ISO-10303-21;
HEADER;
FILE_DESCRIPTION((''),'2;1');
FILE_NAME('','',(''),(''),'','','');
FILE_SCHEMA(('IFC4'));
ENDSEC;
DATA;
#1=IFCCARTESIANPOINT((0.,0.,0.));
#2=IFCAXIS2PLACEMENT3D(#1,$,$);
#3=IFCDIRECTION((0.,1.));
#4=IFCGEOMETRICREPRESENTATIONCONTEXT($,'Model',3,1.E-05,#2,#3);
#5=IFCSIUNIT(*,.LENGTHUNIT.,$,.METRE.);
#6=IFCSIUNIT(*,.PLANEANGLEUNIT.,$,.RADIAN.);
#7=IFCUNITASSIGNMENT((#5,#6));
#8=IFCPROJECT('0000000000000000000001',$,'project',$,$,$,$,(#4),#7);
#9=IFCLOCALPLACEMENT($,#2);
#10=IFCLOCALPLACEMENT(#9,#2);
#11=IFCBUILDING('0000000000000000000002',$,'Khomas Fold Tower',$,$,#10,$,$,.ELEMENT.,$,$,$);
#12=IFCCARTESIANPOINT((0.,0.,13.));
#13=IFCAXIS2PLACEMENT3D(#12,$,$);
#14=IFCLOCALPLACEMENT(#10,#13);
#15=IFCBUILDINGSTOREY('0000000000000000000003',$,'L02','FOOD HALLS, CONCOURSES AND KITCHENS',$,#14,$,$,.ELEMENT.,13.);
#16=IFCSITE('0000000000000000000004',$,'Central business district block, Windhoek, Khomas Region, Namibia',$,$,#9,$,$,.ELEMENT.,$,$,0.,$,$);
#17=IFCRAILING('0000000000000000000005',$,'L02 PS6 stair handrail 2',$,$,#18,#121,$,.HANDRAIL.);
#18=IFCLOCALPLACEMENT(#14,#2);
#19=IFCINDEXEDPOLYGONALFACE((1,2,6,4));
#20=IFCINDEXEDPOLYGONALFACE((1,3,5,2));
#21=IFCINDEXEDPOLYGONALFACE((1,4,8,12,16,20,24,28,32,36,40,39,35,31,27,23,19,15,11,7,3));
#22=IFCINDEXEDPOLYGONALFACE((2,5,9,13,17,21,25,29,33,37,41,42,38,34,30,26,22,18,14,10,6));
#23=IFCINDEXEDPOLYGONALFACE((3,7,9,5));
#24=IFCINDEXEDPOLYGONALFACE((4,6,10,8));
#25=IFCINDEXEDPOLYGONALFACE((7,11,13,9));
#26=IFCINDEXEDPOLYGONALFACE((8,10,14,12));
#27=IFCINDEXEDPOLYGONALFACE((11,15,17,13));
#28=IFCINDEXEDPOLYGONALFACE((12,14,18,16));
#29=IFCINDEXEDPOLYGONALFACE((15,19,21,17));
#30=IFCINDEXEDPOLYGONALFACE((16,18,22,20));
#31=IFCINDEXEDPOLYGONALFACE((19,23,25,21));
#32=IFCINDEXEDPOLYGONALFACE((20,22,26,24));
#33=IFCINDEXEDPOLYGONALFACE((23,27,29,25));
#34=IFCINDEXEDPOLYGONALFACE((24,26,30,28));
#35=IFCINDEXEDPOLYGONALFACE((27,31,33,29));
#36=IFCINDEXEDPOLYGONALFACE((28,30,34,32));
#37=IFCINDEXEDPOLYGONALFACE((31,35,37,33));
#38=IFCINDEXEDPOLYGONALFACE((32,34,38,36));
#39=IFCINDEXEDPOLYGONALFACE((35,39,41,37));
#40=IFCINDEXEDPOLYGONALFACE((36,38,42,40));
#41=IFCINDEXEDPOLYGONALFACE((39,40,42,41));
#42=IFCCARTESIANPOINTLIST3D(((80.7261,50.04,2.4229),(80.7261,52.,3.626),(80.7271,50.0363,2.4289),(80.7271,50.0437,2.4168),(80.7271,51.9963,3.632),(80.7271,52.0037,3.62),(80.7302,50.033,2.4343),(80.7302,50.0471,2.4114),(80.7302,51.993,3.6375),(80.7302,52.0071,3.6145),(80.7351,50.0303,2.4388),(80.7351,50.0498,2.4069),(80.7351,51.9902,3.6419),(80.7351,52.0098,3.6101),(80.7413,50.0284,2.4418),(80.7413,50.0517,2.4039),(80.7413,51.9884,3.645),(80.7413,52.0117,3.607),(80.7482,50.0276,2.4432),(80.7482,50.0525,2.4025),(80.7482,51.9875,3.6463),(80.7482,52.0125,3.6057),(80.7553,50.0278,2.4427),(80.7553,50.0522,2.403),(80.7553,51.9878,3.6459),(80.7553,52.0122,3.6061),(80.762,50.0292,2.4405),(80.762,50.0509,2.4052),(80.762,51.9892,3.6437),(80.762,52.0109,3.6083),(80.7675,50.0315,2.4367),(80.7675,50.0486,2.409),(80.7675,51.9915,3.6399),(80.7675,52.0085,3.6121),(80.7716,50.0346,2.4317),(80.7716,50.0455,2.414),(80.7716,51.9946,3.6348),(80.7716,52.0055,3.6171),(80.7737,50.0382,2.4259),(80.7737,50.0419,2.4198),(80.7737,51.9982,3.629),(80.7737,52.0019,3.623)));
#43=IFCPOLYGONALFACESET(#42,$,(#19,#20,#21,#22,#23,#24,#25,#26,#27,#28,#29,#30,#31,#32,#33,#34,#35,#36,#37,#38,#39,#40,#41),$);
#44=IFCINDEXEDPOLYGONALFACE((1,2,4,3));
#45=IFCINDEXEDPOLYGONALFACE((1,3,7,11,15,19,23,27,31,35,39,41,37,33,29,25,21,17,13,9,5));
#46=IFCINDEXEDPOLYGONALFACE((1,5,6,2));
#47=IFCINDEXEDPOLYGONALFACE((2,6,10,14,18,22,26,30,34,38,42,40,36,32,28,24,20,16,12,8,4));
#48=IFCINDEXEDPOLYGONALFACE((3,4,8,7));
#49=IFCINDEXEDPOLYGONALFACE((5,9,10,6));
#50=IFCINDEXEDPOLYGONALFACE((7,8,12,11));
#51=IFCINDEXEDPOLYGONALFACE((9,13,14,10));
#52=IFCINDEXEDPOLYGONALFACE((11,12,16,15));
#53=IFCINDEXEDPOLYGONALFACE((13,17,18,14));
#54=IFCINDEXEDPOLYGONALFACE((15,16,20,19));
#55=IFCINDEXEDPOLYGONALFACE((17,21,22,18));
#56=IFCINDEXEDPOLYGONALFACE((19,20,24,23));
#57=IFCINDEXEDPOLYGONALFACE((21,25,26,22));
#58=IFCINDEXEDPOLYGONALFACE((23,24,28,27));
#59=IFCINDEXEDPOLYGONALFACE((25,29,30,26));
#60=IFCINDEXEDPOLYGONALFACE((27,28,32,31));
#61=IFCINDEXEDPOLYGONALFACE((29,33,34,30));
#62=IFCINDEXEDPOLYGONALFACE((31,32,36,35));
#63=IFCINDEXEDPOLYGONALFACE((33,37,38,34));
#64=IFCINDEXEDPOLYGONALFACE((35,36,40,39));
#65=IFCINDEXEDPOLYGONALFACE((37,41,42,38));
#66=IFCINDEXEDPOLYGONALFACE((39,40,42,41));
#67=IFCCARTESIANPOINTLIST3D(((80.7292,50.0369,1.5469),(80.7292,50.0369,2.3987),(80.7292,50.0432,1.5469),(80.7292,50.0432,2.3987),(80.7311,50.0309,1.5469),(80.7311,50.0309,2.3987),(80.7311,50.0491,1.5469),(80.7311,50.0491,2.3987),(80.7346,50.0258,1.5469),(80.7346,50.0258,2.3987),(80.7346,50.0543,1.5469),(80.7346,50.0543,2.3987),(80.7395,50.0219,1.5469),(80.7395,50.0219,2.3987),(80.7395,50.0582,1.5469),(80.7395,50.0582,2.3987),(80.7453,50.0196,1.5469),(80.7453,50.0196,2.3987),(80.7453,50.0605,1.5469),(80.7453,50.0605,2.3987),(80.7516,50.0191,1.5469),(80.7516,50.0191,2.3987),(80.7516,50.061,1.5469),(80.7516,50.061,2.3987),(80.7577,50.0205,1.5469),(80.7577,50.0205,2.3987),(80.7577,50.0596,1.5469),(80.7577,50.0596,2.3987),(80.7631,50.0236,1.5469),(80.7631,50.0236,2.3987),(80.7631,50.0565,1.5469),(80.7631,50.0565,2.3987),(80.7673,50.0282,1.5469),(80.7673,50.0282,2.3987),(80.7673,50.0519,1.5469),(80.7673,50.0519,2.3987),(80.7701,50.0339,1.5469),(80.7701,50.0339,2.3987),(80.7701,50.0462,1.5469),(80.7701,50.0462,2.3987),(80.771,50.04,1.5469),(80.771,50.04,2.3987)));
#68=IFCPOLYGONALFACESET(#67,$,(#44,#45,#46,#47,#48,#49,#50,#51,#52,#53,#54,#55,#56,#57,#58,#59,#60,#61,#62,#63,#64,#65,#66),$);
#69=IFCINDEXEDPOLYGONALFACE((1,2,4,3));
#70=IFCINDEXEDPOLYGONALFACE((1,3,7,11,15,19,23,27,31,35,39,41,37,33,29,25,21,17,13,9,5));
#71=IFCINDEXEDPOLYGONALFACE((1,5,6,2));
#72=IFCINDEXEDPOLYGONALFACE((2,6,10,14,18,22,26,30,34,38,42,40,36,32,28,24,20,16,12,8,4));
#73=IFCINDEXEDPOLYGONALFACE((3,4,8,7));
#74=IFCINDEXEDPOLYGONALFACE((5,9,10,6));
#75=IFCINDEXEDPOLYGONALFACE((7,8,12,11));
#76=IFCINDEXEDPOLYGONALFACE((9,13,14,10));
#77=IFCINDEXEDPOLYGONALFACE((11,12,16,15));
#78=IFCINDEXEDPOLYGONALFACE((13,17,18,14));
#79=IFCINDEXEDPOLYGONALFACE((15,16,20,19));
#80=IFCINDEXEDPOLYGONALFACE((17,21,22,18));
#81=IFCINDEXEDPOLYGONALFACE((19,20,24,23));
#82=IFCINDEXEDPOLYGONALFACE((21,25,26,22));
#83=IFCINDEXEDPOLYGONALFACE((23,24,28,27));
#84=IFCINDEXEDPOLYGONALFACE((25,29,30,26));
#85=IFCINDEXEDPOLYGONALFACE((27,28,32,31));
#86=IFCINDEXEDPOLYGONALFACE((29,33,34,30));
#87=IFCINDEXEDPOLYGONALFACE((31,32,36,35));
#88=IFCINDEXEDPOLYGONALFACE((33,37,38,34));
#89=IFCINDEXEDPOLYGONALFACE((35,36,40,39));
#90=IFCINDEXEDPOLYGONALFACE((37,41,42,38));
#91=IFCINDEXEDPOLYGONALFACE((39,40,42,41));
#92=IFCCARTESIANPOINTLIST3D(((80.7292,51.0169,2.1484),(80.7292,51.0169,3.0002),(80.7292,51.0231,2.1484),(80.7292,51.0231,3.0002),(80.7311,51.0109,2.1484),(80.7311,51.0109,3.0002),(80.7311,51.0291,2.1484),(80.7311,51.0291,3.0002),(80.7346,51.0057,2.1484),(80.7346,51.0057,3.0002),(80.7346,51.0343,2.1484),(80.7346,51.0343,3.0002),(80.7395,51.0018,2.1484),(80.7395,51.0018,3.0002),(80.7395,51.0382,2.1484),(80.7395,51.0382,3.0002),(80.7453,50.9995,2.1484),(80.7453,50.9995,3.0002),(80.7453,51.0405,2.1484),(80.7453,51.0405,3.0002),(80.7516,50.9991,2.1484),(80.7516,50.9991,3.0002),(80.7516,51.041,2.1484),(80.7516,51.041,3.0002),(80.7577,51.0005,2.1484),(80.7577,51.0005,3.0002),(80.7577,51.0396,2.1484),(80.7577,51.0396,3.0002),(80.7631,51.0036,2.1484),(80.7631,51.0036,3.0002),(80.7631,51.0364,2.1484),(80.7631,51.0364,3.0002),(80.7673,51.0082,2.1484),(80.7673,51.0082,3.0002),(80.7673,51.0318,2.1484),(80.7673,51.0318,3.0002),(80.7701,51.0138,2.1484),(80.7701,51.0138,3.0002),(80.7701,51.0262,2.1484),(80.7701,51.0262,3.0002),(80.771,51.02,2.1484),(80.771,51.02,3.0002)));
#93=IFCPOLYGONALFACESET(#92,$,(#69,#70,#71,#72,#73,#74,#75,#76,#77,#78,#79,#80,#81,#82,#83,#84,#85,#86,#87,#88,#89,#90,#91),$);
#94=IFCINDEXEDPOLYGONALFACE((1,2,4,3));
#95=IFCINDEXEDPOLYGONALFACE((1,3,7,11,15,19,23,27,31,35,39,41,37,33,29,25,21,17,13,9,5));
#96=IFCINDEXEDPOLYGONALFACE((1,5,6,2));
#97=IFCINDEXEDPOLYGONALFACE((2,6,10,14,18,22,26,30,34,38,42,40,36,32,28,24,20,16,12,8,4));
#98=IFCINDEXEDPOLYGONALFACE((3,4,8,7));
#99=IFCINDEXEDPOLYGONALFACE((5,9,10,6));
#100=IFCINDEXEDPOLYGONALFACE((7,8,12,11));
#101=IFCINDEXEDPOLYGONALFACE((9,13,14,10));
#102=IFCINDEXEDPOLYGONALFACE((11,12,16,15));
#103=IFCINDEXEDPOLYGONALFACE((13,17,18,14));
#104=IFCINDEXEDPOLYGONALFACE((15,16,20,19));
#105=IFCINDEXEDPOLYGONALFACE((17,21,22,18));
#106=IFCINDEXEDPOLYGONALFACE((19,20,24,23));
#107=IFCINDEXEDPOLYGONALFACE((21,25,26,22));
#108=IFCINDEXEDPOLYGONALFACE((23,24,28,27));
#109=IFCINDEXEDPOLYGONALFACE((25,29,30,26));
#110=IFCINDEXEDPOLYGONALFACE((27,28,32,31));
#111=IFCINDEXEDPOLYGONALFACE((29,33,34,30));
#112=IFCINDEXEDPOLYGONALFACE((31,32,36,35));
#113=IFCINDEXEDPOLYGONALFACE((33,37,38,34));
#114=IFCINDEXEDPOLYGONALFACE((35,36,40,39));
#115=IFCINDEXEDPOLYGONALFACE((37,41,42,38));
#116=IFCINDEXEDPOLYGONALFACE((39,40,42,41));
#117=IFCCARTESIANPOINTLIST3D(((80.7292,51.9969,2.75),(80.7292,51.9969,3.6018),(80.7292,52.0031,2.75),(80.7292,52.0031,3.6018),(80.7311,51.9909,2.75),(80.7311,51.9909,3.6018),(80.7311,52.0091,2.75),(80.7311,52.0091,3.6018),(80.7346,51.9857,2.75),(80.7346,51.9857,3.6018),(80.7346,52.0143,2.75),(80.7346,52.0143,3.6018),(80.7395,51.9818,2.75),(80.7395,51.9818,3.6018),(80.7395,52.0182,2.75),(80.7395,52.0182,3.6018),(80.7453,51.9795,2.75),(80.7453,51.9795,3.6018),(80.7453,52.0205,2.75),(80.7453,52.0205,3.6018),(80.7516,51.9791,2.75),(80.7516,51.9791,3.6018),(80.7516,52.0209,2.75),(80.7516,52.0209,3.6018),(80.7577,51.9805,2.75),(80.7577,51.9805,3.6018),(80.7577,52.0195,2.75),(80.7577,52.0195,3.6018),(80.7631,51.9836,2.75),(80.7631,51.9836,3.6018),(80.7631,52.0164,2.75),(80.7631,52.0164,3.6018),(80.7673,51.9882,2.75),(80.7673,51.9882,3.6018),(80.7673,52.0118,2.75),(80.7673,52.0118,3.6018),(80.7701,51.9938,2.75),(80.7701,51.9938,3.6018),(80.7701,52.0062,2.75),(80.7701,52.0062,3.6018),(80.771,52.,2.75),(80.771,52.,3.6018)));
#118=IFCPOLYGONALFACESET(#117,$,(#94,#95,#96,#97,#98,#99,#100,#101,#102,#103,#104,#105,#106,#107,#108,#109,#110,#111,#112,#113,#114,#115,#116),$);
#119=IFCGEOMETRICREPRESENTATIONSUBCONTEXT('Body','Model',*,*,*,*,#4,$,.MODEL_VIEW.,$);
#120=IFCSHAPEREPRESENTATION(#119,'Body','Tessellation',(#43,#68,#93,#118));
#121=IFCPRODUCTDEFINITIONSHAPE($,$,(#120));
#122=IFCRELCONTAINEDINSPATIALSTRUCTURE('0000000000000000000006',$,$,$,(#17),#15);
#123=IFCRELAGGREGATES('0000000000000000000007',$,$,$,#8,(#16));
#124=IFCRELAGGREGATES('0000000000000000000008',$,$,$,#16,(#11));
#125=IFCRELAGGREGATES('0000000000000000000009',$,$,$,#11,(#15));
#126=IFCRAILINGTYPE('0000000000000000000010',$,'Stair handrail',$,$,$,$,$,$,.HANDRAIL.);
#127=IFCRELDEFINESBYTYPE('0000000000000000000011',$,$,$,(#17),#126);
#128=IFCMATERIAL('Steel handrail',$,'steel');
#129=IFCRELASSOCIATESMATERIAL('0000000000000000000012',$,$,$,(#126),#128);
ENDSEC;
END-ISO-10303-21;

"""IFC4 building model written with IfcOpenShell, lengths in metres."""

from ifc_helpers import new_model, si_unit, direction, frame, origin, origin_2d, place, context, subcontext, project, spatial, circle, extrude, source, transform, mapped, material, type_object, element, save


model = new_model("IFC4")

# Units and contexts
model_context = context("Model", 3, precision=1e-05, world=origin(), true_north=direction((0.0, 1.0)))
body_context = subcontext(model_context, "Body", "Model", "MODEL_VIEW")
ifc_project = project(units=[si_unit("LENGTHUNIT", "METRE"), si_unit("PLANEANGLEUNIT", "RADIAN")], contexts=[model_context])

# Site, building, storey
site_placement = place(None, origin())
site = spatial("IfcSite", under=ifc_project, at=site_placement, Name="Central business district block, Windhoek, Khomas Region, Namibia", CompositionType="ELEMENT", RefElevation=0.0)
building_placement = place(site_placement, origin())
building = spatial("IfcBuilding", under=site, at=building_placement, Name="Khomas Fold Tower", CompositionType="ELEMENT")
storey_placement = place(building_placement, frame((0.0, 0.0, 13.0)))
storey = spatial("IfcBuildingStorey", under=building, at=storey_placement, Name="L02", Description="FOOD HALLS, CONCOURSES AND KITCHENS", CompositionType="ELEMENT", Elevation=13.0)

# Railing
ifc_material_1 = material(Name="Steel handrail", Category="steel")
railing_type_1 = type_object("IfcRailingType", Name="Stair handrail", PredefinedType="HANDRAIL", material=ifc_material_1)
shared_shape_1 = source(origin(), body_context, "Body", "SweptSolid", [
    extrude(circle(Radius=0.0239, at=origin_2d()), frame((0.0, 0.0, 0.876), z_axis=(0.0, 0.852241, 0.523149), x_axis=(-1.0, 0.0, 0.0)), (0.0, 0.0, 1.0), 2.2998),
    extrude(circle(Radius=0.021, at=origin_2d()), origin(), (0.0, 0.0, 1.0), 0.8518),
    extrude(circle(Radius=0.021, at=origin_2d()), frame((0.0, 0.98, 0.6016)), (0.0, 0.0, 1.0), 0.8518),
    extrude(circle(Radius=0.021, at=origin_2d()), frame((0.0, 1.96, 1.2031)), (0.0, 0.0, 1.0), 0.8518),
])
for number, where, name in (
    (1, (80.75, 50.04, 1.5469), "L02 PS6 stair handrail 2"),
):
    element("IfcRailing", number, at=place(storey_placement, frame(where)), inside=storey, type_object=railing_type_1, Name=name, PredefinedType="HANDRAIL", context=body_context, shape_type="MappedRepresentation", body=[
        mapped(shared_shape_1, transform((0.0, 0.0, 0.0))),
    ])

save(model, "model.ifc")
